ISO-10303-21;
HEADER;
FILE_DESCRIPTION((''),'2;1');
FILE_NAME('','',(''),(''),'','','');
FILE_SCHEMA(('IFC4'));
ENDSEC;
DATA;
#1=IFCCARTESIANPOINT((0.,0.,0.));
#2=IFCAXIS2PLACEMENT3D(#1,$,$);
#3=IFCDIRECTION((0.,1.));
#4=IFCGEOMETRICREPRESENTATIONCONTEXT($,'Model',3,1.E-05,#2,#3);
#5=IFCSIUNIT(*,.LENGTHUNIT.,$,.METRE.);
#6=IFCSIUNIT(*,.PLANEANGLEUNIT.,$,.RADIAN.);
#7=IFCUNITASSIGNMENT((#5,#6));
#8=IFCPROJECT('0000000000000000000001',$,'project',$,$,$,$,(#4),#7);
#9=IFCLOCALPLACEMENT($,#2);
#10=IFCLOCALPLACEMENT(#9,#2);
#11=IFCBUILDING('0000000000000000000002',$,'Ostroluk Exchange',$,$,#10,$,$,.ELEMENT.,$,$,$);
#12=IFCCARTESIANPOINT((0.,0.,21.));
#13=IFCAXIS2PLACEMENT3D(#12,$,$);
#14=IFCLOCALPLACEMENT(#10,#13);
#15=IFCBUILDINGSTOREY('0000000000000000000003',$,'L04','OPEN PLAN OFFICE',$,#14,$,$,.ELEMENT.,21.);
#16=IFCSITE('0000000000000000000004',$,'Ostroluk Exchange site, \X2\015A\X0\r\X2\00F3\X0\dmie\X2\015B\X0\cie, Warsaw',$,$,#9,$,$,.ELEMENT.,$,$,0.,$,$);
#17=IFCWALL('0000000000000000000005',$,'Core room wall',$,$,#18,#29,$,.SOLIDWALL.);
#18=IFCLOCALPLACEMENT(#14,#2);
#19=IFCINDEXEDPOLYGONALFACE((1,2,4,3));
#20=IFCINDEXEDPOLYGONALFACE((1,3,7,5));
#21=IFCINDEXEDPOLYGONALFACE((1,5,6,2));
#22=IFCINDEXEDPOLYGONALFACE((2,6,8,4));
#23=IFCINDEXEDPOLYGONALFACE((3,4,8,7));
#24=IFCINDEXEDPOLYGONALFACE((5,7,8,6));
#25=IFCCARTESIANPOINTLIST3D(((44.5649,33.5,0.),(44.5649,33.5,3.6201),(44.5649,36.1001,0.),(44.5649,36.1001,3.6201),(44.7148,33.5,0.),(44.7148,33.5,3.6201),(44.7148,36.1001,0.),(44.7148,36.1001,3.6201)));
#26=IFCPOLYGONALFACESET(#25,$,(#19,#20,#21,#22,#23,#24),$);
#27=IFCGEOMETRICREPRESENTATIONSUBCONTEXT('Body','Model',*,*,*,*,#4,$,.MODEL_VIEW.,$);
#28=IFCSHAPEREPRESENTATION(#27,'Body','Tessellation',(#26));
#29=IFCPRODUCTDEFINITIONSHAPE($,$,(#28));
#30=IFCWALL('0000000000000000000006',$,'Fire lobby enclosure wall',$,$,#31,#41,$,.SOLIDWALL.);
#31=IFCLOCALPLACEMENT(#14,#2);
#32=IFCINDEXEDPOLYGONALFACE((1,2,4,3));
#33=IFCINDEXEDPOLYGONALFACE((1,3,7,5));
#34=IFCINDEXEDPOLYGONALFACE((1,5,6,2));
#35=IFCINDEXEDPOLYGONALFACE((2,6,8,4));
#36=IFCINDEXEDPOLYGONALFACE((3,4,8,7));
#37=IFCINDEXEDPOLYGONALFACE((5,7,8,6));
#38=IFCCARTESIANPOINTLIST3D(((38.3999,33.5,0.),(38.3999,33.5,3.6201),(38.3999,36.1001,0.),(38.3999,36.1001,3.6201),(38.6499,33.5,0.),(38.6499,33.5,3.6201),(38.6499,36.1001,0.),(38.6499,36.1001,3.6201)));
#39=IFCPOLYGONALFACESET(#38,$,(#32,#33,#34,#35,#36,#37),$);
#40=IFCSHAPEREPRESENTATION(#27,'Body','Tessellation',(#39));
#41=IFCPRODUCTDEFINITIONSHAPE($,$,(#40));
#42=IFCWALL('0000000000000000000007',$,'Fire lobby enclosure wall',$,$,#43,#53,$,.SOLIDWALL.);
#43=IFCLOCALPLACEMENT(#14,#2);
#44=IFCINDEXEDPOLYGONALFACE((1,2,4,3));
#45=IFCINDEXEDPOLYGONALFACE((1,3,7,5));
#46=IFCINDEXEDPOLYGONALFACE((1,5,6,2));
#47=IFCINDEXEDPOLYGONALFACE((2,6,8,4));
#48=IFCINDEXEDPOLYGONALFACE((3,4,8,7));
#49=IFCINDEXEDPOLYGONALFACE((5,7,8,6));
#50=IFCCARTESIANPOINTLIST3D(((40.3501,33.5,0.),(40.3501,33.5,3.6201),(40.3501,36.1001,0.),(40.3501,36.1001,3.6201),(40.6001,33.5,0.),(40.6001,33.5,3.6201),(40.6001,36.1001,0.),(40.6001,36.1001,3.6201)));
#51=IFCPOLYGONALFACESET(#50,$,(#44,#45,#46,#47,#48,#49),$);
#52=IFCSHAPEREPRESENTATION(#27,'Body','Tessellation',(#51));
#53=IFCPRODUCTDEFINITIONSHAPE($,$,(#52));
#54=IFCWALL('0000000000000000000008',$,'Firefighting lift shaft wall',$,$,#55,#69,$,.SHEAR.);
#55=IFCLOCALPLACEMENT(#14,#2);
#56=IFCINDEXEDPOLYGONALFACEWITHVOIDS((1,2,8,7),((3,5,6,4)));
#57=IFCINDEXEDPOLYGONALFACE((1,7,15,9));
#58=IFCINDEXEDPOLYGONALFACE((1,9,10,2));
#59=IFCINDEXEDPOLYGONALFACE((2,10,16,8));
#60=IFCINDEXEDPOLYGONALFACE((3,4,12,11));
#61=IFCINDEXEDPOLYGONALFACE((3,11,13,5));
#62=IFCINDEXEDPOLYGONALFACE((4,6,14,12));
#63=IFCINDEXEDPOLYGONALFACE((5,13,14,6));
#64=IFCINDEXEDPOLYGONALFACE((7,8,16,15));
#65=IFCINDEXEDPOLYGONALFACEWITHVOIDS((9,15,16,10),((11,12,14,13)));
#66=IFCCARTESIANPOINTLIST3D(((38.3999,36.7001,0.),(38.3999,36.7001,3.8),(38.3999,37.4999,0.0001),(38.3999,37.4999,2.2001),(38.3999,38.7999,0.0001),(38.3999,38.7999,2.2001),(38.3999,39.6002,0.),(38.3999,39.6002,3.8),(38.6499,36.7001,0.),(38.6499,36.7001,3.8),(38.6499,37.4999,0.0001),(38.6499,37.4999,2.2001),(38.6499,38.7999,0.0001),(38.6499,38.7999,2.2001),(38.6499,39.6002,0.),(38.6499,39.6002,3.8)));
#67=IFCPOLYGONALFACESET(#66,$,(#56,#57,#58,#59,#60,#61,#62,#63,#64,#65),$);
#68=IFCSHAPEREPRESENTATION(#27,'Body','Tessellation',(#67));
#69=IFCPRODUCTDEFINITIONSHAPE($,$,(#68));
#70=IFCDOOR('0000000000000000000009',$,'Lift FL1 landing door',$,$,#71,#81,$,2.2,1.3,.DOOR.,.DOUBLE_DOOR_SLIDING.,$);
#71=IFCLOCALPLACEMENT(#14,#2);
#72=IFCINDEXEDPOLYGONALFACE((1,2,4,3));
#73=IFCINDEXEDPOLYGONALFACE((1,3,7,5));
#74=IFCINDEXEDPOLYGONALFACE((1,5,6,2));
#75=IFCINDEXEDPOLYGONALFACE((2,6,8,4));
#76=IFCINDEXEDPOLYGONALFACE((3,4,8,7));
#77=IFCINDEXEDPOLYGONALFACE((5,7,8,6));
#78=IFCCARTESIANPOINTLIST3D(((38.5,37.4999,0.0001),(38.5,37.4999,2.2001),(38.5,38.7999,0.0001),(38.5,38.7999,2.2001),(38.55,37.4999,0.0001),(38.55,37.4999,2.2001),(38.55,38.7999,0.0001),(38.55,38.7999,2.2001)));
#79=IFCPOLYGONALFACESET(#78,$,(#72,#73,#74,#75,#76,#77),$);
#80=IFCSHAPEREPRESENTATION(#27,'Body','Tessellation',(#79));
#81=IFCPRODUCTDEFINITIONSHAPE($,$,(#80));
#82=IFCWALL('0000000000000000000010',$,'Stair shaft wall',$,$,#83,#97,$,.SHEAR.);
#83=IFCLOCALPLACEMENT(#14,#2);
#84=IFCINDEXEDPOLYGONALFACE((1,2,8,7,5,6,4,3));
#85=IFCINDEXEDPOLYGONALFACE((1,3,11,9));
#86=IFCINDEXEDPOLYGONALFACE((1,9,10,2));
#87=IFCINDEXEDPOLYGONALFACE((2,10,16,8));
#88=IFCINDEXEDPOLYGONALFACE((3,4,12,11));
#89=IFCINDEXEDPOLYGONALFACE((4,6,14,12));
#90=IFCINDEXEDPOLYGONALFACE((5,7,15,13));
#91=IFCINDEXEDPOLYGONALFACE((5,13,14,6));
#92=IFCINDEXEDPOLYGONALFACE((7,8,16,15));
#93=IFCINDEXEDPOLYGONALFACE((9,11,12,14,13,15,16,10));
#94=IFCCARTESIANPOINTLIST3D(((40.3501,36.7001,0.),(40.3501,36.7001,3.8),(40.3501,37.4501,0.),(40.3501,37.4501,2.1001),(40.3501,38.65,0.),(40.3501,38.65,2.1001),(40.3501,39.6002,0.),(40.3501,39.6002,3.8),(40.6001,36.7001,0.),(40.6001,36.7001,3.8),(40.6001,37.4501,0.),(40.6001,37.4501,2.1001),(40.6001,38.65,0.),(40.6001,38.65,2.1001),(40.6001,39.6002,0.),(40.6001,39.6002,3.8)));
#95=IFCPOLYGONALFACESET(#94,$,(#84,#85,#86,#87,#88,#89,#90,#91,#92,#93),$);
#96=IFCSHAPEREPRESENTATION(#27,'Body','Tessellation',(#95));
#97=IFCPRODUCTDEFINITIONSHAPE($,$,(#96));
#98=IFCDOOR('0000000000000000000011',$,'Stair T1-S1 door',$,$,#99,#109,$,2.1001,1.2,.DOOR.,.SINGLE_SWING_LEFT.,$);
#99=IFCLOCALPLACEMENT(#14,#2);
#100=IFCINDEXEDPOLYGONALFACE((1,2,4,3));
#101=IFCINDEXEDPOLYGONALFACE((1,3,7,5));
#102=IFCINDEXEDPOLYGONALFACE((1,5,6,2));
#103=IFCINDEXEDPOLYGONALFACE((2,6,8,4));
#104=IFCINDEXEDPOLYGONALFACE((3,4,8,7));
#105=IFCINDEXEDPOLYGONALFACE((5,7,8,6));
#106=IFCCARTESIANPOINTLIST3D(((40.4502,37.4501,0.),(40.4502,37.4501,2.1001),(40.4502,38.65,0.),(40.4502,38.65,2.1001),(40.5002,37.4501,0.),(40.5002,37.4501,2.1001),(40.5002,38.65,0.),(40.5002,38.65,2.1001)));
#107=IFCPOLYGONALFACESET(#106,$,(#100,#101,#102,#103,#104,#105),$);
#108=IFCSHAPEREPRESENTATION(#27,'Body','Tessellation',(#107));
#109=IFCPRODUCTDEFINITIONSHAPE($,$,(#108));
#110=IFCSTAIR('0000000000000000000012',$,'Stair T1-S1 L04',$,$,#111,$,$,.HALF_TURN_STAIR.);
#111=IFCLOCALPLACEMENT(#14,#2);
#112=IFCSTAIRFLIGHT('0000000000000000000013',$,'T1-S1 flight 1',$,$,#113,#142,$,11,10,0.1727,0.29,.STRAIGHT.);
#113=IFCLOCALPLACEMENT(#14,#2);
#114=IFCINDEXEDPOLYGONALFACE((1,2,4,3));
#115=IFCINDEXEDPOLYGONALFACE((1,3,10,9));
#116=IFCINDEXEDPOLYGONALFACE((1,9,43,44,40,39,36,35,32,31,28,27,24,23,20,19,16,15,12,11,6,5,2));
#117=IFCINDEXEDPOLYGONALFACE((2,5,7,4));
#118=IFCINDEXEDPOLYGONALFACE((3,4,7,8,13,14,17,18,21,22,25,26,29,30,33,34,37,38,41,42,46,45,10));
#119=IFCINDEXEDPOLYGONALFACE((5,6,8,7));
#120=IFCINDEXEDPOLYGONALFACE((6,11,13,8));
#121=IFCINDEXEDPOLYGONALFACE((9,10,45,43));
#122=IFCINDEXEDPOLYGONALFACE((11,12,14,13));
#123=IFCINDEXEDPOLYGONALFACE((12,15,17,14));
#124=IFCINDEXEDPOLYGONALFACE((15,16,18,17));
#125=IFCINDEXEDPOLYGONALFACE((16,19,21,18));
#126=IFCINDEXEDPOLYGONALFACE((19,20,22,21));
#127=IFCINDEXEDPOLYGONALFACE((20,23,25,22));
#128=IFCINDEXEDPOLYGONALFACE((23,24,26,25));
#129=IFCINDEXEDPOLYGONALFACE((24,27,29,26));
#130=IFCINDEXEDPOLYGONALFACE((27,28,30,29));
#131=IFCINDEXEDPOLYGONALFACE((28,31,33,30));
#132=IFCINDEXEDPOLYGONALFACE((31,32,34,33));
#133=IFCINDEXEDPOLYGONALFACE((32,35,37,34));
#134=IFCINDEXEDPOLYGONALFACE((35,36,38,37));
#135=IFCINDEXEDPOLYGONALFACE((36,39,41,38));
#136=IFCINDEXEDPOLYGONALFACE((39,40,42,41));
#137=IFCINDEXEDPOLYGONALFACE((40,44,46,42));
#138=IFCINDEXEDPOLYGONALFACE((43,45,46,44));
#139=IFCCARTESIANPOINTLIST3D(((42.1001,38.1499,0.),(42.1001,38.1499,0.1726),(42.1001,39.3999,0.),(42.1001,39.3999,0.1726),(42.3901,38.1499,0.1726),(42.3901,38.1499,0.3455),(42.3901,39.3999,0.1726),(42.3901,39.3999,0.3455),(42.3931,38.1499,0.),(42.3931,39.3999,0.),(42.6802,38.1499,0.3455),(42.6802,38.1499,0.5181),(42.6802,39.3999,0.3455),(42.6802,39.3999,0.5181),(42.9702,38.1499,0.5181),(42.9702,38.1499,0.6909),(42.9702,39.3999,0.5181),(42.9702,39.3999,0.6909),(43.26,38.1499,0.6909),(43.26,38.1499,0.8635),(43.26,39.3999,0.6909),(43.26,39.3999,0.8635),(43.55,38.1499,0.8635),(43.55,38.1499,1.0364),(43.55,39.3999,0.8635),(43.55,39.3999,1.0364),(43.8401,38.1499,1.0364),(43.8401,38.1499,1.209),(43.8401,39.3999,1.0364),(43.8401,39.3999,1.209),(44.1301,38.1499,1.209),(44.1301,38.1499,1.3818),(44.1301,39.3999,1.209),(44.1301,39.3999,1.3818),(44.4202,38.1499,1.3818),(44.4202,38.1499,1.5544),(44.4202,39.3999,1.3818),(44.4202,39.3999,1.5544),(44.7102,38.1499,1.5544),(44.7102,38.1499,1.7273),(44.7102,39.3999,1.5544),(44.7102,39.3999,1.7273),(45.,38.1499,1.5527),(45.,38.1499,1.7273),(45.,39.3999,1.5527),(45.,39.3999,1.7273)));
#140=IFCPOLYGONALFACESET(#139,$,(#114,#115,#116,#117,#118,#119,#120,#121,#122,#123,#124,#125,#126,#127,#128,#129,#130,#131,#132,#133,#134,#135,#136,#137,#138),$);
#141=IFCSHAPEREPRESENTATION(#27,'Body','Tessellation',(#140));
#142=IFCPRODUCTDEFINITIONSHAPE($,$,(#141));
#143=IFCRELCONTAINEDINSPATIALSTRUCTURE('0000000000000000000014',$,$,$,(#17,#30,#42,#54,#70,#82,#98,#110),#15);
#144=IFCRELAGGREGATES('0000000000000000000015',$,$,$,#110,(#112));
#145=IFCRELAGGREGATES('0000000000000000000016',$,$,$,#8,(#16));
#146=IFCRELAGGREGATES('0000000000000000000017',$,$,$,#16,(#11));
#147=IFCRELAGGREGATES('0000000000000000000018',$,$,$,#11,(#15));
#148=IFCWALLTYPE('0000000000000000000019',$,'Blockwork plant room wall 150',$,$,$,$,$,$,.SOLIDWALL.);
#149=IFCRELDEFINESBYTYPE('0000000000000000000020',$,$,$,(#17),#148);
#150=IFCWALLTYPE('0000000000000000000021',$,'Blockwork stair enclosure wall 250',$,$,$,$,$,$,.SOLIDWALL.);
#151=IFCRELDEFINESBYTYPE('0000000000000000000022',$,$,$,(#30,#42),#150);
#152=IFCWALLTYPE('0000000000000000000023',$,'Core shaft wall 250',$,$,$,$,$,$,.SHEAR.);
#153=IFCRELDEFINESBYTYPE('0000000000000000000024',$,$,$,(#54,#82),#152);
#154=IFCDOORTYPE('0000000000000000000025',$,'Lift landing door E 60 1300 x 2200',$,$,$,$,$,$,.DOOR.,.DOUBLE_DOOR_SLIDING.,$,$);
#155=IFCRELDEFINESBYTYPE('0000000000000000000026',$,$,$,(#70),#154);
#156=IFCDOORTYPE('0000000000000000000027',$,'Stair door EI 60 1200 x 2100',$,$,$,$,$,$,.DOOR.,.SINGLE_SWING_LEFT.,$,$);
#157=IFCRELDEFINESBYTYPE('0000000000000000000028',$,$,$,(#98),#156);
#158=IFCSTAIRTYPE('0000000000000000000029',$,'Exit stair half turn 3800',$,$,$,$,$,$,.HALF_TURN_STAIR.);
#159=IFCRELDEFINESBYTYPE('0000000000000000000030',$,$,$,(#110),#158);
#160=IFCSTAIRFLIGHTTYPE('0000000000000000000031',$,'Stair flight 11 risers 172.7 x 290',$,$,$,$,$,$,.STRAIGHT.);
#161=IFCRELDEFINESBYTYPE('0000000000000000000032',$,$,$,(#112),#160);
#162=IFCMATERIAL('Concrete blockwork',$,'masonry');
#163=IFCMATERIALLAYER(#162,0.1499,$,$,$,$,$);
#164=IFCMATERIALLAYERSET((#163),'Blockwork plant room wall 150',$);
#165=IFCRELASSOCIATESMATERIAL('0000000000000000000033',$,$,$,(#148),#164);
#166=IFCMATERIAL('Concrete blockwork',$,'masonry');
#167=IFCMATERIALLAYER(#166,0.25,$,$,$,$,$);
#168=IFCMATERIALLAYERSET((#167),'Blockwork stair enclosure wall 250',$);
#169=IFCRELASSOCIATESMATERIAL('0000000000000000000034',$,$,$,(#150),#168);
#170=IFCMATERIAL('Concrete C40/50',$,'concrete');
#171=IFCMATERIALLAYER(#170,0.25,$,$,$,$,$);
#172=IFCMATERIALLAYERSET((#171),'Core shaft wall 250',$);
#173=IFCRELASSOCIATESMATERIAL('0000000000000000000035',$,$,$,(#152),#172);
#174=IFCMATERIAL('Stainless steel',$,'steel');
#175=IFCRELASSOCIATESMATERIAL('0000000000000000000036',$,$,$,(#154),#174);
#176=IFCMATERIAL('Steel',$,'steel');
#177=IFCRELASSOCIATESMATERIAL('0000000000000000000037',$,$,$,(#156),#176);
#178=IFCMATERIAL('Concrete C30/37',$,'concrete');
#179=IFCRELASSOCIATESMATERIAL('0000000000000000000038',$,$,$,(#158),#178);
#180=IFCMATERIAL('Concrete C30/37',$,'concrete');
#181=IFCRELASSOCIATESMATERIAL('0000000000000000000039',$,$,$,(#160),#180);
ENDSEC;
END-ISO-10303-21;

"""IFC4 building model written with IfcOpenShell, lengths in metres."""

from ifc_helpers import new_model, si_unit, direction, frame, frame_2d, origin, place, context, subcontext, project, spatial, polyline, rectangle, outline, extrude, material, layer, layer_set, type_object, element, fill, aggregate, save


model = new_model("IFC4")

# Units and contexts
model_context = context("Model", 3, precision=1e-05, world=origin(), true_north=direction((0.0, 1.0)))
body_context = subcontext(model_context, "Body", "Model", "MODEL_VIEW")
ifc_project = project(units=[si_unit("LENGTHUNIT", "METRE"), si_unit("PLANEANGLEUNIT", "RADIAN")], contexts=[model_context])

# Site, building, storey
site_placement = place(None, origin())
site = spatial("IfcSite", under=ifc_project, at=site_placement, Name="Ostroluk Exchange site, Śródmieście, Warsaw", CompositionType="ELEMENT", RefElevation=0.0)
building_placement = place(site_placement, origin())
building = spatial("IfcBuilding", under=site, at=building_placement, Name="Ostroluk Exchange", CompositionType="ELEMENT")
storey_placement = place(building_placement, frame((0.0, 0.0, 21.0)))
storey = spatial("IfcBuildingStorey", under=building, at=storey_placement, Name="L04", Description="OPEN PLAN OFFICE", CompositionType="ELEMENT", Elevation=21.0)

# Walls
ifc_material_1 = material(Name="Concrete blockwork", Category="masonry")
ifc_layer_1 = layer(ifc_material_1, 0.1499)
ifc_layer_set_1 = layer_set([ifc_layer_1], Name="Blockwork plant room wall 150")
wall_type_1 = type_object("IfcWallType", Name="Blockwork plant room wall 150", PredefinedType="SOLIDWALL", material=ifc_layer_set_1)
wall_1_placement = place(storey_placement, frame((44.6399, 33.5, 0.0), z_axis=(0.0, 0.0, 1.0), x_axis=(0.0, 1.0, 0.0)))
element("IfcWall", 1, at=wall_1_placement, inside=storey, type_object=wall_type_1, Name="Core room wall", PredefinedType="SOLIDWALL", context=body_context, shape_type="SweptSolid", body=[
    extrude(rectangle(XDim=2.6001, YDim=0.1499, at=frame_2d((1.3, 0.0))), origin(), (0.0, 0.0, 1.0), 3.6201),
])
ifc_material_2 = material(Name="Concrete blockwork", Category="masonry")
ifc_layer_2 = layer(ifc_material_2, 0.25)
ifc_layer_set_2 = layer_set([ifc_layer_2], Name="Blockwork stair enclosure wall 250")
wall_type_2 = type_object("IfcWallType", Name="Blockwork stair enclosure wall 250", PredefinedType="SOLIDWALL", material=ifc_layer_set_2)
for number, where, z_axis, x_axis, name in (
    (2, (38.5249, 33.5, 0.0), (0.0, 0.0, 1.0), (0.0, 1.0, 0.0), "Fire lobby enclosure wall"),
    (3, (40.4751, 33.5, 0.0), (0.0, 0.0, 1.0), (0.0, 1.0, 0.0), "Fire lobby enclosure wall"),
):
    element("IfcWall", number, at=place(storey_placement, frame(where, z_axis=z_axis, x_axis=x_axis)), inside=storey, type_object=wall_type_2, Name=name, PredefinedType="SOLIDWALL", context=body_context, shape_type="SweptSolid", body=[
        extrude(rectangle(XDim=2.6001, YDim=0.25, at=frame_2d((1.3, 0.0))), origin(), (0.0, 0.0, 1.0), 3.6201),
    ])

# Walls, openings, doors
ifc_material_3 = material(Name="Concrete C40/50", Category="concrete")
ifc_layer_3 = layer(ifc_material_3, 0.25)
ifc_layer_set_3 = layer_set([ifc_layer_3], Name="Core shaft wall 250")
wall_type_3 = type_object("IfcWallType", Name="Core shaft wall 250", PredefinedType="SHEAR", material=ifc_layer_set_3)
wall_2_placement = place(storey_placement, frame((38.5249, 36.7, 0.0), z_axis=(0.0, 0.0, 1.0), x_axis=(0.0, 1.0, 0.0)))
wall_2 = element("IfcWall", 4, at=wall_2_placement, inside=storey, type_object=wall_type_3, Name="Firefighting lift shaft wall", PredefinedType="SHEAR", context=body_context, shape_type="SweptSolid", body=[
    extrude(rectangle(XDim=2.9001, YDim=0.25, at=frame_2d((1.4502, 0.0))), origin(), (0.0, 0.0, 1.0), 3.8),
])
opening_1_placement = place(wall_2_placement, frame((0.8, 0.0, 0.0)))
opening_1 = element("IfcOpeningElement", 5, at=opening_1_placement, cuts=wall_2, PredefinedType="OPENING", context=body_context, shape_type="SweptSolid", body=[
    extrude(rectangle(XDim=1.3, YDim=2.2, at=frame_2d((0.6499, 1.1001))), frame((0.0, 0.135, 0.0), z_axis=(0.0, -1.0, 0.0), x_axis=(1.0, 0.0, 0.0)), (0.0, 0.0, 1.0), 0.27),
])
ifc_material_4 = material(Name="Stainless steel", Category="steel")
door_type_1 = type_object("IfcDoorType", Name="Lift landing door E 60 1300 x 2200", OperationType="DOUBLE_DOOR_SLIDING", PredefinedType="DOOR", material=ifc_material_4)
door_1_placement = place(opening_1_placement, origin())
door_1 = element("IfcDoor", 6, at=door_1_placement, inside=storey, type_object=door_type_1, Name="Lift FL1 landing door", OperationType="DOUBLE_DOOR_SLIDING", OverallHeight=2.2, OverallWidth=1.3, PredefinedType="DOOR", context=body_context, shape_type="SweptSolid", body=[
    extrude(rectangle(XDim=1.3, YDim=2.2, at=frame_2d((0.6499, 1.1001))), frame((0.0, 0.0249, 0.0), z_axis=(0.0, -1.0, 0.0), x_axis=(1.0, 0.0, 0.0)), (0.0, 0.0, 1.0), 0.05),
])
fill(opening_1, door_1)
wall_3_placement = place(storey_placement, frame((40.4751, 36.7, 0.0), z_axis=(0.0, 0.0, 1.0), x_axis=(0.0, 1.0, 0.0)))
wall_3 = element("IfcWall", 7, at=wall_3_placement, inside=storey, type_object=wall_type_3, Name="Stair shaft wall", PredefinedType="SHEAR", context=body_context, shape_type="SweptSolid", body=[
    extrude(rectangle(XDim=2.9001, YDim=0.25, at=frame_2d((1.4502, 0.0))), origin(), (0.0, 0.0, 1.0), 3.8),
])
opening_2_placement = place(wall_3_placement, frame((0.75, 0.0, 0.0)))
opening_2 = element("IfcOpeningElement", 8, at=opening_2_placement, cuts=wall_3, PredefinedType="OPENING", context=body_context, shape_type="SweptSolid", body=[
    extrude(rectangle(XDim=1.2, YDim=2.1001, at=frame_2d((0.6001, 1.05))), frame((0.0, 0.135, 0.0), z_axis=(0.0, -1.0, 0.0), x_axis=(1.0, 0.0, 0.0)), (0.0, 0.0, 1.0), 0.27),
])
ifc_material_5 = material(Name="Steel", Category="steel")
door_type_2 = type_object("IfcDoorType", Name="Stair door EI 60 1200 x 2100", OperationType="SINGLE_SWING_LEFT", PredefinedType="DOOR", material=ifc_material_5)
door_2_placement = place(opening_2_placement, origin())
door_2 = element("IfcDoor", 9, at=door_2_placement, inside=storey, type_object=door_type_2, Name="Stair T1-S1 door", OperationType="SINGLE_SWING_LEFT", OverallHeight=2.1001, OverallWidth=1.2, PredefinedType="DOOR", context=body_context, shape_type="SweptSolid", body=[
    extrude(rectangle(XDim=1.2, YDim=2.1001, at=frame_2d((0.6001, 1.05))), frame((0.0, 0.0249, 0.0), z_axis=(0.0, -1.0, 0.0), x_axis=(1.0, 0.0, 0.0)), (0.0, 0.0, 1.0), 0.05),
])
fill(opening_2, door_2)

# Stair, stair flight
ifc_material_6 = material(Name="Concrete C30/37", Category="concrete")
stair_type = type_object("IfcStairType", Name="Exit stair half turn 3800", PredefinedType="HALF_TURN_STAIR", material=ifc_material_6)
stair_placement = place(storey_placement, origin())
stair = element("IfcStair", 10, at=stair_placement, inside=storey, type_object=stair_type, Name="Stair T1-S1 L04", PredefinedType="HALF_TURN_STAIR")
ifc_material_7 = material(Name="Concrete C30/37", Category="concrete")
stair_flight_type = type_object("IfcStairFlightType", Name="Stair flight 11 risers 172.7 x 290", PredefinedType="STRAIGHT", material=ifc_material_7)
stair_flight_placement = place(storey_placement, frame((42.1001, 38.7749, 0.0), z_axis=(0.0, 0.0, 1.0), x_axis=(1.0, 0.0, 0.0)))
stair_flight = element("IfcStairFlight", 11, at=stair_flight_placement, type_object=stair_flight_type, Name="T1-S1 flight 1", NumberOfRisers=11, NumberOfTreads=10, PredefinedType="STRAIGHT", RiserHeight=0.1727, TreadLength=0.29, context=body_context, shape_type="SweptSolid", body=[
    extrude(outline(polyline([(0.0, 0.0), (0.0, 0.1726), (0.29, 0.1726), (0.29, 0.3455), (0.5801, 0.3455), (0.5801, 0.5181), (0.8701, 0.5181), (0.8701, 0.6909), (1.1599, 0.6909), (1.1599, 0.8635), (1.45, 0.8635), (1.45, 1.0364), (1.74, 1.0364), (1.74, 1.209), (2.03, 1.209), (2.03, 1.3818), (2.3201, 1.3818), (2.3201, 1.5544), (2.6101, 1.5544), (2.6101, 1.7273), (2.8999, 1.7273), (2.8999, 1.8999), (2.8999, 1.5527), (0.293, 0.0), (0.0, 0.0)])), frame((0.0, 0.625, 0.0), z_axis=(0.0, -1.0, 0.0), x_axis=(1.0, 0.0, 0.0)), (0.0, 0.0, 1.0), 1.25),
])
aggregate(stair, [stair_flight])

save(model, "model.ifc")
